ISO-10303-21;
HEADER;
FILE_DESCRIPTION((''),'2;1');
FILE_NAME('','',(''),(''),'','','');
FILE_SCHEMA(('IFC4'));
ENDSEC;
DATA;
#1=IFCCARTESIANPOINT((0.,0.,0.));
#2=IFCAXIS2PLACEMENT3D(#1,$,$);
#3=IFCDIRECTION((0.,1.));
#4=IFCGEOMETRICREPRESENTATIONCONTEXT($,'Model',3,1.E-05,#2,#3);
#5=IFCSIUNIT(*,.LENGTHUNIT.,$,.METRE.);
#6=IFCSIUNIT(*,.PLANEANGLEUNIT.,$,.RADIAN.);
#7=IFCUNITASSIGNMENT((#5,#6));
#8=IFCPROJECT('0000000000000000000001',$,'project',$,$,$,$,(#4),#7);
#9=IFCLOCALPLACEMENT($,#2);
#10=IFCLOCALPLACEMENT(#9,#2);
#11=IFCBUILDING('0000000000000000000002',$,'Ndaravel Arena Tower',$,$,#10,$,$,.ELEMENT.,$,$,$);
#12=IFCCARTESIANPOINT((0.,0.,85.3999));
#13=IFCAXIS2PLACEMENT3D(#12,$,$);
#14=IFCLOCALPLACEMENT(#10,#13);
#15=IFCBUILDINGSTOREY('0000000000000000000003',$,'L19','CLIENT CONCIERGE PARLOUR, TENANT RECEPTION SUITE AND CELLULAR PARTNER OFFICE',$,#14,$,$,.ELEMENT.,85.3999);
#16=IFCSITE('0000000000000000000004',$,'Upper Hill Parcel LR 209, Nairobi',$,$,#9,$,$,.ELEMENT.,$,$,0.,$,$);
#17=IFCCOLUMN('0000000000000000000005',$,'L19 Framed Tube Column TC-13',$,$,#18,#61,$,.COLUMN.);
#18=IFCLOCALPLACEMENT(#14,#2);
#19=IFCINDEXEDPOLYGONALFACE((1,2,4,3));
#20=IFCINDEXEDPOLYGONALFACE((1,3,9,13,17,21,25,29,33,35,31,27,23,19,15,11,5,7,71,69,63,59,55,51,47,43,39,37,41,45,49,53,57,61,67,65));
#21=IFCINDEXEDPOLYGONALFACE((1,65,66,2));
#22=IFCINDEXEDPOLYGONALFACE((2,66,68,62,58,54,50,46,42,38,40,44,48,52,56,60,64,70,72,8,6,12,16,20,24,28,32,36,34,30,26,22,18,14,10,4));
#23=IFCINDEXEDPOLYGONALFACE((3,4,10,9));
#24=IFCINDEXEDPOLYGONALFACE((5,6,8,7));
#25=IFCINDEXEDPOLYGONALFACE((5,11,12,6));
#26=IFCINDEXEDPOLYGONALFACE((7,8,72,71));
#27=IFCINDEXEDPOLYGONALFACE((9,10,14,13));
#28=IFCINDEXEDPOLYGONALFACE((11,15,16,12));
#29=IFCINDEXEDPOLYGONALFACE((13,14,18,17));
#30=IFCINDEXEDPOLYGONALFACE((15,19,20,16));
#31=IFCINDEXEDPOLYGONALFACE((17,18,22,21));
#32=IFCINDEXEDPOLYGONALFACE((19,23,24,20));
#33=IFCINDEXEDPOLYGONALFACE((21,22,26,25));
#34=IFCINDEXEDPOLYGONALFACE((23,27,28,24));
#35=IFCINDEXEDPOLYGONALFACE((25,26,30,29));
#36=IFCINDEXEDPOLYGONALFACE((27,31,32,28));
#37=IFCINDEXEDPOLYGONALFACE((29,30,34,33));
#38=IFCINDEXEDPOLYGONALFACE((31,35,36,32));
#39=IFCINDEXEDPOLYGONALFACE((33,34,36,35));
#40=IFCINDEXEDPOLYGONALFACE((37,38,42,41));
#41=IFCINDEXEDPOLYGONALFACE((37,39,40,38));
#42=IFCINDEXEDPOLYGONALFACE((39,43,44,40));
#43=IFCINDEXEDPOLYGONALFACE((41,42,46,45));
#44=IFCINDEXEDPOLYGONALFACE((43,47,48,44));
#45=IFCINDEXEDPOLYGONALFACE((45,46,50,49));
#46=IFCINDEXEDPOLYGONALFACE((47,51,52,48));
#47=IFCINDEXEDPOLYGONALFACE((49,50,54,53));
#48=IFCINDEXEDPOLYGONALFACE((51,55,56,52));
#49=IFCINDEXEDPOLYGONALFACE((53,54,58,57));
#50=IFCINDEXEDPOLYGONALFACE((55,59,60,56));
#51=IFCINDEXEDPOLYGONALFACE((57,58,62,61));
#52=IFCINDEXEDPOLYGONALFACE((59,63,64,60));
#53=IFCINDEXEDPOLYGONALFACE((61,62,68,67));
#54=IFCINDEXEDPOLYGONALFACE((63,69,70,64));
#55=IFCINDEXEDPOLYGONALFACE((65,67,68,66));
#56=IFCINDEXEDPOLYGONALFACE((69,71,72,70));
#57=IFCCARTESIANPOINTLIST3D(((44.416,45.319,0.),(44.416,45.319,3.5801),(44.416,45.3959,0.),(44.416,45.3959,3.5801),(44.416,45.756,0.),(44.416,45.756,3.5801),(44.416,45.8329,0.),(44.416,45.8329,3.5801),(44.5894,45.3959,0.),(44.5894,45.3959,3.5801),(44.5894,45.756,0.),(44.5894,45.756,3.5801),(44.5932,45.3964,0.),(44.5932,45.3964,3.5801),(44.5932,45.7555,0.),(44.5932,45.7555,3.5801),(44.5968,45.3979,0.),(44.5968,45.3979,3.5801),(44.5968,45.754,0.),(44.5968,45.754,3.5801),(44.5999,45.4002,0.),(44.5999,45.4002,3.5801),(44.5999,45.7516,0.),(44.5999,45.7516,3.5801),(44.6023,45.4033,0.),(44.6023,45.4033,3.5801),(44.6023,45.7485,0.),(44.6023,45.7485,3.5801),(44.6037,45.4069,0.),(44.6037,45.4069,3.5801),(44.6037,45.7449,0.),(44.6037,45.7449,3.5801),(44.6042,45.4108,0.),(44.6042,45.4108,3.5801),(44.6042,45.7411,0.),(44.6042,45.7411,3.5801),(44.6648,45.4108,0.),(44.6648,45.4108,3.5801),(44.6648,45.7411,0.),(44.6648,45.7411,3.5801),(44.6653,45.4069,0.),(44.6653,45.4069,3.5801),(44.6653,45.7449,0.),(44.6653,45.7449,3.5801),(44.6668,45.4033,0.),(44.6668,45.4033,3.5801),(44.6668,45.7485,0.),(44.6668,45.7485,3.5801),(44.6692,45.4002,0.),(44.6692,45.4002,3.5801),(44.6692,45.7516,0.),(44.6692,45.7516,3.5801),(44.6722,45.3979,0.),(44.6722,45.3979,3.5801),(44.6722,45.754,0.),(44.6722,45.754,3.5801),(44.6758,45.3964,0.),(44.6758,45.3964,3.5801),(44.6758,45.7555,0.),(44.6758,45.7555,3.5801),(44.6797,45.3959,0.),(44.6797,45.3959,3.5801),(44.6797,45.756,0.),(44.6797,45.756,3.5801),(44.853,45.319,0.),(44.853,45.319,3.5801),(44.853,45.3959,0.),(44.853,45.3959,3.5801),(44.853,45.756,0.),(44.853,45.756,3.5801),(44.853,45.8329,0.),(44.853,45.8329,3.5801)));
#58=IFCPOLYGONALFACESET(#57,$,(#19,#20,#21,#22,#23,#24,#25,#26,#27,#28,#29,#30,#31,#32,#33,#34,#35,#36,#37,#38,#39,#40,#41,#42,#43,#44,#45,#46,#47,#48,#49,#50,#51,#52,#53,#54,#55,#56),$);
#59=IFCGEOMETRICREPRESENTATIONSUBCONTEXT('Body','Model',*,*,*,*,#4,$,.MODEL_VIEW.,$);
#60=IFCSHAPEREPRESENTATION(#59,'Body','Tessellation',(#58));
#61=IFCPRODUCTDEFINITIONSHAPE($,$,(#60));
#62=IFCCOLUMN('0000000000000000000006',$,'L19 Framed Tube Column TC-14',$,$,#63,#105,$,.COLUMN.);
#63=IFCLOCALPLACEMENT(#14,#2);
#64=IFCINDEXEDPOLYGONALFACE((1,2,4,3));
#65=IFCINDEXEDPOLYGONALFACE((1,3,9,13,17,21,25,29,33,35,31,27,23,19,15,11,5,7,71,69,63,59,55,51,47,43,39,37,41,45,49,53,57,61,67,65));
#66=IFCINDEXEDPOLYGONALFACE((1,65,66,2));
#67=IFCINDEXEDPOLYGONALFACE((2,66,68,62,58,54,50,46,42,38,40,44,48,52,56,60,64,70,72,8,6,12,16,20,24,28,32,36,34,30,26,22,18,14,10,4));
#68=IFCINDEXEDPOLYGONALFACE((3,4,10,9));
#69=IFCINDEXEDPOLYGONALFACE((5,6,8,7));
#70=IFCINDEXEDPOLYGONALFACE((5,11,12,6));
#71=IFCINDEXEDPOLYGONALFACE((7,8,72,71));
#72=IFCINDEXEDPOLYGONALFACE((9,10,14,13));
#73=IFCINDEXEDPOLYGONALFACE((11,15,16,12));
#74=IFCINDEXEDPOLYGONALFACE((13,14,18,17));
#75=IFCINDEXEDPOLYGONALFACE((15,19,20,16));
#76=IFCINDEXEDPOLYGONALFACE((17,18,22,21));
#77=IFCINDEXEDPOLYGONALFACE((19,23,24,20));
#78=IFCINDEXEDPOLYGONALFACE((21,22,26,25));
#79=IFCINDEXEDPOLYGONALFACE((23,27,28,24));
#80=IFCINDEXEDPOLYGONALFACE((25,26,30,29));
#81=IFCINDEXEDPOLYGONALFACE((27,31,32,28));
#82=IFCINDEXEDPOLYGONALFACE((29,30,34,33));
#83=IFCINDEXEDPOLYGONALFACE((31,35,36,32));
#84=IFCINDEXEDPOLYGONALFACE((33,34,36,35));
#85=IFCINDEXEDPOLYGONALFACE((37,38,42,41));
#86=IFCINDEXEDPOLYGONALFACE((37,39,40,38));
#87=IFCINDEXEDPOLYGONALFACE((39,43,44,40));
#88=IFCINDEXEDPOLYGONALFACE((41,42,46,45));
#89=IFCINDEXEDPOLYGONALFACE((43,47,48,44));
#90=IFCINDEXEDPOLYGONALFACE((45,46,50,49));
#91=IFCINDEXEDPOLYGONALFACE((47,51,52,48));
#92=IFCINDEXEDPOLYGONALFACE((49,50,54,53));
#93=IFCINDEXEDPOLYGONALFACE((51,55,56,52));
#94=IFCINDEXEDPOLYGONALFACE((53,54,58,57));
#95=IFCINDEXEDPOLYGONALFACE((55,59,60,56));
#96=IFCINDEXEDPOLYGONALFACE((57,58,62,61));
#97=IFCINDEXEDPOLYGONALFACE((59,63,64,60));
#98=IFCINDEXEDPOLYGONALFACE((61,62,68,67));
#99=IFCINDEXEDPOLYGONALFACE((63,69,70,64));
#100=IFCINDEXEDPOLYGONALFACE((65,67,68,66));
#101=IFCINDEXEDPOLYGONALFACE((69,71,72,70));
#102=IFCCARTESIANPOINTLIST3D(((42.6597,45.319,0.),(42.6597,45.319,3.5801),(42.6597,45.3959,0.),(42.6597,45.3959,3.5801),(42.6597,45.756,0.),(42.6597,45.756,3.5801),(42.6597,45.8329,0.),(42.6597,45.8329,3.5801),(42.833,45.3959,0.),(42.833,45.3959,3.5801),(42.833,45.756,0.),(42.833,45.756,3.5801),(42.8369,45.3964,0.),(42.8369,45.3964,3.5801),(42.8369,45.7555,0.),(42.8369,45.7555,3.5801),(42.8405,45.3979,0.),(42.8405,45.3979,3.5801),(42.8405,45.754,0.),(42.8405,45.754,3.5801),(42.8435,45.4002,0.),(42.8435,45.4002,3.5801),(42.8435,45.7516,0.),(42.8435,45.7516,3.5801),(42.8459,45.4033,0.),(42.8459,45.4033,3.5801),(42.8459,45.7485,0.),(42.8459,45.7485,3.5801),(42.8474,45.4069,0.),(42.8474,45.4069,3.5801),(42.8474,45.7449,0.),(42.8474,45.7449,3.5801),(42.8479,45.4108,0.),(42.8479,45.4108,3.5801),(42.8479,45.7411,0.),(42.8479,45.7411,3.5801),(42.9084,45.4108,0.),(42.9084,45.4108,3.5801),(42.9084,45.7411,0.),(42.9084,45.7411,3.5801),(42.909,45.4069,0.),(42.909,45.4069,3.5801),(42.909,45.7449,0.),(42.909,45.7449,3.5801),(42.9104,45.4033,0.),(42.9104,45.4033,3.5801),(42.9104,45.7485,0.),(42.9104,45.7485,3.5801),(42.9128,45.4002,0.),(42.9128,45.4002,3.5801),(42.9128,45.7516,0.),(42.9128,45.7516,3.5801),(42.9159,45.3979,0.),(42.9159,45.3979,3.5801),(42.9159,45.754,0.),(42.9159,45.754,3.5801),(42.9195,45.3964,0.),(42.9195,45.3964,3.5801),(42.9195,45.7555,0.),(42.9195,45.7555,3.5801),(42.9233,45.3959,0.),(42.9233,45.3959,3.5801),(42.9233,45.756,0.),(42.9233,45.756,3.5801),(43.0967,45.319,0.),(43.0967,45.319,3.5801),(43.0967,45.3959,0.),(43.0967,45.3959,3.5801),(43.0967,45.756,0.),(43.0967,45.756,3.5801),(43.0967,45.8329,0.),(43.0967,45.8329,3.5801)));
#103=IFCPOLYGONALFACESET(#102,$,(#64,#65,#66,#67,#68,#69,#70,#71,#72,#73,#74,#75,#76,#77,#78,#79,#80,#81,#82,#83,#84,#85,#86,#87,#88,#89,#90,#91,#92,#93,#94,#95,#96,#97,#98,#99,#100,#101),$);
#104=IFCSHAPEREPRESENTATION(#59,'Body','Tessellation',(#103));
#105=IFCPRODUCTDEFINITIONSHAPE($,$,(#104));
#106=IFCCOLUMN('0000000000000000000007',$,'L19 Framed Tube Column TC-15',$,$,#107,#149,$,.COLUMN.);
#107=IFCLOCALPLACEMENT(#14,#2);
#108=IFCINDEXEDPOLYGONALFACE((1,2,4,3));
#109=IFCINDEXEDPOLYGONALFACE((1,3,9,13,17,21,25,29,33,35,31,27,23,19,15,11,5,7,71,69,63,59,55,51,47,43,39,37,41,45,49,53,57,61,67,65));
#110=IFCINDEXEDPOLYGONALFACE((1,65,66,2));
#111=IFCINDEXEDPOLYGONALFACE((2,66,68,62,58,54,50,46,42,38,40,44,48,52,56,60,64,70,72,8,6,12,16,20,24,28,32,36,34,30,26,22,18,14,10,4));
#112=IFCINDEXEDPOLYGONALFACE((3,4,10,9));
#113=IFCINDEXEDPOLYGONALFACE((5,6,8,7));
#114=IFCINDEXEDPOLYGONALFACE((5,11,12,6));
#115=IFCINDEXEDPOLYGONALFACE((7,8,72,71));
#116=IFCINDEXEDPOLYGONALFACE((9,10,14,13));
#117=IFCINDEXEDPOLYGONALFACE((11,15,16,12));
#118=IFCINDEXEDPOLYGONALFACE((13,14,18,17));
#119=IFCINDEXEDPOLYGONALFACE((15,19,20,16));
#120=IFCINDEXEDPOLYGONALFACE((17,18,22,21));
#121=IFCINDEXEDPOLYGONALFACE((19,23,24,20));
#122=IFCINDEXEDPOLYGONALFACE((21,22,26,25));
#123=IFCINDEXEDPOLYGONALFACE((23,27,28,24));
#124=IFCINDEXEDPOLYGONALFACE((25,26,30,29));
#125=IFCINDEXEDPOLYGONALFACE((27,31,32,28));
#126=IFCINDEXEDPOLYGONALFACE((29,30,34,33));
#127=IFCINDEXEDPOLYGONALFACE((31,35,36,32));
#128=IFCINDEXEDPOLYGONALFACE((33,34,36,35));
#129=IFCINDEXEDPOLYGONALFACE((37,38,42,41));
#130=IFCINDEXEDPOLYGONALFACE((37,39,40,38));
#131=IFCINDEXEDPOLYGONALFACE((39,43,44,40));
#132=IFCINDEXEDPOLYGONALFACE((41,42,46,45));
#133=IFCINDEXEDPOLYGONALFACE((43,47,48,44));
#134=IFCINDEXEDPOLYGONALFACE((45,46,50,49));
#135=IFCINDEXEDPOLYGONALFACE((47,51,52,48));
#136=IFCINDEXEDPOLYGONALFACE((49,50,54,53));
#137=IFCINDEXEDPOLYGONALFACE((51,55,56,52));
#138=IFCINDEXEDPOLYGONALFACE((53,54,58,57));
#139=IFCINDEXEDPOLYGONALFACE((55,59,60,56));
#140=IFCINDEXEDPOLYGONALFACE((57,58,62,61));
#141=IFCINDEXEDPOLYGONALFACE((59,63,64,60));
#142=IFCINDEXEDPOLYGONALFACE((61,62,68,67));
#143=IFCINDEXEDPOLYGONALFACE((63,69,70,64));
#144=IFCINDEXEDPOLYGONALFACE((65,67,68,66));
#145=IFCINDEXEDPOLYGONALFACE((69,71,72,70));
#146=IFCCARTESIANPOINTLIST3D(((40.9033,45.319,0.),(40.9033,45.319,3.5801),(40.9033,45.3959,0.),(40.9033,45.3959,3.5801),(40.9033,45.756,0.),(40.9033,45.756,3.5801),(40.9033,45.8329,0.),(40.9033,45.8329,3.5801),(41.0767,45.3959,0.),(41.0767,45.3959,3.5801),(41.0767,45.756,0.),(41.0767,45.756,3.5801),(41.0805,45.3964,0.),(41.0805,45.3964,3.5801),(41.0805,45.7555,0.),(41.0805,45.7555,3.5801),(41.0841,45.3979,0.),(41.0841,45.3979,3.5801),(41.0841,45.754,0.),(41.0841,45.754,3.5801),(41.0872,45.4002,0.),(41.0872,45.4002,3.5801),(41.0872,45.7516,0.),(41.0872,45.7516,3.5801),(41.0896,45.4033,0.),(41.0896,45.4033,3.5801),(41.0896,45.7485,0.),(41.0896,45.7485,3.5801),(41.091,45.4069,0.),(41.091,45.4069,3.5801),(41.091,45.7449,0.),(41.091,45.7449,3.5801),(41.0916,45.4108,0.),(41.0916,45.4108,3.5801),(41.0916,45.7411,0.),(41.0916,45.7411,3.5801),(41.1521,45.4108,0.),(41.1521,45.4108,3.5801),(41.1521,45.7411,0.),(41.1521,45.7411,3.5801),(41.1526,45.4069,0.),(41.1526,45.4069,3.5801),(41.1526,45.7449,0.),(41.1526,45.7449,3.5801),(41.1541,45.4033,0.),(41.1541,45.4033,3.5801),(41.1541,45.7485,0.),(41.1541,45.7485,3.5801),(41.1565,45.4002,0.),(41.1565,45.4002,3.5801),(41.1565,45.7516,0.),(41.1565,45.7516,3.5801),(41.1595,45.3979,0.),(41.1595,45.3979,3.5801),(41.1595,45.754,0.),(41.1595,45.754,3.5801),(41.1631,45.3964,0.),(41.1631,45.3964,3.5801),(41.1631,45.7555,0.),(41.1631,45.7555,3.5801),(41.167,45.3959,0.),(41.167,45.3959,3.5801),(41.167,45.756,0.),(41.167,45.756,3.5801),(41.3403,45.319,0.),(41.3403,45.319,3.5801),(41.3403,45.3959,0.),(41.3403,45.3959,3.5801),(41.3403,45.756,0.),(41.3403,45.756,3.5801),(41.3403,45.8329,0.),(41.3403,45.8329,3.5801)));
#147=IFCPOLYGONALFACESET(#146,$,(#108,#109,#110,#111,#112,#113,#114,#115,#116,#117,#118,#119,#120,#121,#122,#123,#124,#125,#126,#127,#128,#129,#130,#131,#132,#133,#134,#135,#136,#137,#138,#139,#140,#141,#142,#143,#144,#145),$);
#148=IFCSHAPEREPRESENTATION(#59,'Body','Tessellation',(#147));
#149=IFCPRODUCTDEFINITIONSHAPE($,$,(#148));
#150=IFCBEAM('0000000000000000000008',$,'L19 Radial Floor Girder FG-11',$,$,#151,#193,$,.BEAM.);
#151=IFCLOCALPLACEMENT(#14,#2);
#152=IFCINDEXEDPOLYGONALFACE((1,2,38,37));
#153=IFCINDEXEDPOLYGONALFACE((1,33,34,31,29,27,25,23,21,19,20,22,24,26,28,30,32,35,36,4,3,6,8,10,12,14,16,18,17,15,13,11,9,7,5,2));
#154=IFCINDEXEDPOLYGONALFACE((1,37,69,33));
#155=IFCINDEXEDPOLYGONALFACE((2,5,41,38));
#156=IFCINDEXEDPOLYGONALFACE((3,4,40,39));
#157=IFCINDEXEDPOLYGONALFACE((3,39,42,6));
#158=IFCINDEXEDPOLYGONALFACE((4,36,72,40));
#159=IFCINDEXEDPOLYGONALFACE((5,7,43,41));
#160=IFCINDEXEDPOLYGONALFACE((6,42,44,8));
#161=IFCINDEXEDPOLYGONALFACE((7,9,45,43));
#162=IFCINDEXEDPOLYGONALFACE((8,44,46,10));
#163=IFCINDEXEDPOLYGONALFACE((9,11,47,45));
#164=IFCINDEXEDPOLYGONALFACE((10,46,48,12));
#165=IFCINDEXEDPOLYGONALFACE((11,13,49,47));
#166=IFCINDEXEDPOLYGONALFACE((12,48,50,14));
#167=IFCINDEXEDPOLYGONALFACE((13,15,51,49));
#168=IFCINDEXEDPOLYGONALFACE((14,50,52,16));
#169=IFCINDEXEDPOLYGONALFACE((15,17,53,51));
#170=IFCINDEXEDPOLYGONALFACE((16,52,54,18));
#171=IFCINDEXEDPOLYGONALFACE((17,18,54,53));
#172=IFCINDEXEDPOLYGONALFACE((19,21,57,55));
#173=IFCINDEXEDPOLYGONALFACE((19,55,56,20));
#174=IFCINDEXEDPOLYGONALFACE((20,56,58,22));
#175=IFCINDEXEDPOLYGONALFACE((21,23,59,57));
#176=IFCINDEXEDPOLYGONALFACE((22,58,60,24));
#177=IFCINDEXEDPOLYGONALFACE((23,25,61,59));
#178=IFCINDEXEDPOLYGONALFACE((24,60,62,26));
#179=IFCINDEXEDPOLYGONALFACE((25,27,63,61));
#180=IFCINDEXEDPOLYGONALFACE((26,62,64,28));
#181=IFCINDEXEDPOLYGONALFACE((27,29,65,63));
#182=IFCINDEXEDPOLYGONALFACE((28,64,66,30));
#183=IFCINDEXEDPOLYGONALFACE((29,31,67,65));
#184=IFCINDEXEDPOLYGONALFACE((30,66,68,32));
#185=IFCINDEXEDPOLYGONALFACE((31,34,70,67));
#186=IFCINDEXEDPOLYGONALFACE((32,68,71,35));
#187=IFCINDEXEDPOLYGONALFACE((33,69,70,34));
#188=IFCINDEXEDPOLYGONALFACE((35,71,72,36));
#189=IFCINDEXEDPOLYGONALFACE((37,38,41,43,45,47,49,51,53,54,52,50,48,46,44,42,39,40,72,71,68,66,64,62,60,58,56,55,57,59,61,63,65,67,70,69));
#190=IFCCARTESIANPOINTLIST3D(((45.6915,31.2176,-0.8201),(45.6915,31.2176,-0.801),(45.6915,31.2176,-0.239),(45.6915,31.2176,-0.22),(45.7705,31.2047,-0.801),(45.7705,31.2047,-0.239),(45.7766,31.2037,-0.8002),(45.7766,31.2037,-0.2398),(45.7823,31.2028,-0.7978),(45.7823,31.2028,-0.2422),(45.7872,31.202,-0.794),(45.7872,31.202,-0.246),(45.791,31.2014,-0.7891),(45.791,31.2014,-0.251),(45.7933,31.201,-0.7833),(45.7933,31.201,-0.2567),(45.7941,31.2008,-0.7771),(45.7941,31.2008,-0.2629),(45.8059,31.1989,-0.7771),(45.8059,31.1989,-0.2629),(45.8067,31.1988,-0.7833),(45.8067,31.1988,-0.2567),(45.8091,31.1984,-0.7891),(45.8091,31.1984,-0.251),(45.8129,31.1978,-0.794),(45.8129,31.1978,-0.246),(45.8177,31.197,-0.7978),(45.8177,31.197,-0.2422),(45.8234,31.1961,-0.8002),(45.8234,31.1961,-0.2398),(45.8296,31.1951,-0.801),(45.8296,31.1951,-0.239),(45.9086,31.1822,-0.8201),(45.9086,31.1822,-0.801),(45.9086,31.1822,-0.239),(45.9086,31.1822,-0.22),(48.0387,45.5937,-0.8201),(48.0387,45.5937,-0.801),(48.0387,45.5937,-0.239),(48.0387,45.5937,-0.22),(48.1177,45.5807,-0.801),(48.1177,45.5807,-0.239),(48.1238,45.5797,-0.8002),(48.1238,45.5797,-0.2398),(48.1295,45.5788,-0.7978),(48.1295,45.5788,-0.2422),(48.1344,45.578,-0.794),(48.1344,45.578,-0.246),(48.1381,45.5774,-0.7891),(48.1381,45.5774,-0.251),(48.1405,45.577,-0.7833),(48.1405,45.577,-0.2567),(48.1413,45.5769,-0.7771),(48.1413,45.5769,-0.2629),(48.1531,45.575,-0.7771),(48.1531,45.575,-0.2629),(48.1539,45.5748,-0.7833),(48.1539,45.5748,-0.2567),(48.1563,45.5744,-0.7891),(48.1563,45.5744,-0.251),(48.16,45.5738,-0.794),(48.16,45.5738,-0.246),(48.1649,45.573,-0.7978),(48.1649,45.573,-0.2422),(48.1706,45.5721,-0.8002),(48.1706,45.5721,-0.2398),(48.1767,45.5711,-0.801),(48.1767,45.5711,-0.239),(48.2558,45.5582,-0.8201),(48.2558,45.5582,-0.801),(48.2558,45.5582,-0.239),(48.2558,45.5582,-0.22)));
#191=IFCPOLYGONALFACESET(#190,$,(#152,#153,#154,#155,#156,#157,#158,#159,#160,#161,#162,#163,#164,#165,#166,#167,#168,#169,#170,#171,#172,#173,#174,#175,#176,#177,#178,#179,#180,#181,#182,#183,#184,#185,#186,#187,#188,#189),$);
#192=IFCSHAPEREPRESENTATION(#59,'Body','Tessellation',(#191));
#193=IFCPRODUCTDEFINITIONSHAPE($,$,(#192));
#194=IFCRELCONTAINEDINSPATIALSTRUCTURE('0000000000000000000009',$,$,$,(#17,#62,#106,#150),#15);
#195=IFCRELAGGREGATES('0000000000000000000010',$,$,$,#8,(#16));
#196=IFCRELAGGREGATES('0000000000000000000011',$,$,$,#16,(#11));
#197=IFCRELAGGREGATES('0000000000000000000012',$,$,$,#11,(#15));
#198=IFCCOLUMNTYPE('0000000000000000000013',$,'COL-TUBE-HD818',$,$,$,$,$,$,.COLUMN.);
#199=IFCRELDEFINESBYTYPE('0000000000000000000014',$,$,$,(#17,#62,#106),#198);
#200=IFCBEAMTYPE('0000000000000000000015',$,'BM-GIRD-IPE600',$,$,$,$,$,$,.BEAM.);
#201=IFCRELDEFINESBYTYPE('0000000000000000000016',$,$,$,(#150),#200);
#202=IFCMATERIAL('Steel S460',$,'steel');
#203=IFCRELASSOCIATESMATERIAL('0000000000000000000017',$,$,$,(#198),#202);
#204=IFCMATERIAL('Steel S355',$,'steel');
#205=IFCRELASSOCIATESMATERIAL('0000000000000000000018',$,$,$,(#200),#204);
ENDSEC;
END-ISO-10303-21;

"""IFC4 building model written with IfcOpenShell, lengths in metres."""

from ifc_helpers import new_model, si_unit, direction, frame, origin, origin_2d, place, context, subcontext, project, spatial, i_section, extrude, material, material_profile, profile_set, type_object, element, save


model = new_model("IFC4")

# Units and contexts
model_context = context("Model", 3, precision=1e-05, world=origin(), true_north=direction((0.0, 1.0)))
body_context = subcontext(model_context, "Body", "Model", "MODEL_VIEW")
ifc_project = project(units=[si_unit("LENGTHUNIT", "METRE"), si_unit("PLANEANGLEUNIT", "RADIAN")], contexts=[model_context])

# Site, building, storey
site_placement = place(None, origin())
site = spatial("IfcSite", under=ifc_project, at=site_placement, Name="Upper Hill Parcel LR 209, Nairobi", CompositionType="ELEMENT", RefElevation=0.0)
building_placement = place(site_placement, origin())
building = spatial("IfcBuilding", under=site, at=building_placement, Name="Ndaravel Arena Tower", CompositionType="ELEMENT")
storey_placement = place(building_placement, frame((0.0, 0.0, 85.3999)))
storey = spatial("IfcBuildingStorey", under=building, at=storey_placement, Name="L19", Description="CLIENT CONCIERGE PARLOUR, TENANT RECEPTION SUITE AND CELLULAR PARTNER OFFICE", CompositionType="ELEMENT", Elevation=85.3999)

# Columns
ifc_material_1 = material(Name="Steel S460", Category="steel")
ifc_material_profile_1 = material_profile(ifc_material_1, i_section(OverallWidth=0.437, OverallDepth=0.5139, WebThickness=0.0605, FlangeThickness=0.0769, FilletRadius=0.0149, at=origin_2d()), Name="HD 400x818")
ifc_profile_set_1 = profile_set([ifc_material_profile_1], Name="Steel S460")
column_type_1 = type_object("IfcColumnType", Name="COL-TUBE-HD818", PredefinedType="COLUMN", material=ifc_profile_set_1)
for number, where, z_axis, x_axis, name in (
    (1, (44.6345, 45.5759, 0.0), (0.0, 0.0, 1.0), (1.0, 0.0, 0.0), "L19 Framed Tube Column TC-13"),
    (2, (42.8782, 45.5759, 0.0), (0.0, 0.0, 1.0), (1.0, 0.0, 0.0), "L19 Framed Tube Column TC-14"),
    (3, (41.1218, 45.5759, 0.0), (0.0, 0.0, 1.0), (1.0, 0.0, 0.0), "L19 Framed Tube Column TC-15"),
):
    element("IfcColumn", number, at=place(storey_placement, frame(where, z_axis=z_axis, x_axis=x_axis)), inside=storey, type_object=column_type_1, Name=name, PredefinedType="COLUMN", context=body_context, shape_type="SweptSolid", body=[
        extrude(i_section(OverallWidth=0.437, OverallDepth=0.5139, WebThickness=0.0605, FlangeThickness=0.0769, FilletRadius=0.0149, at=origin_2d()), origin(), (0.0, 0.0, 1.0), 3.5801),
    ])

# Beam
ifc_material_2 = material(Name="Steel S355", Category="steel")
ifc_material_profile_2 = material_profile(ifc_material_2, i_section(OverallWidth=0.22, OverallDepth=0.6001, WebThickness=0.012, FlangeThickness=0.019, FilletRadius=0.0239, at=origin_2d()), Name="IPE 600")
ifc_profile_set_2 = profile_set([ifc_material_profile_2], Name="Steel S355")
beam_type_1 = type_object("IfcBeamType", Name="BM-GIRD-IPE600", PredefinedType="BEAM", material=ifc_profile_set_2)
beam_1_placement = place(storey_placement, frame((48.1472, 45.5759, -0.52), z_axis=(-0.161137, -0.986932, 0.0), x_axis=(0.986932, -0.161137, 0.0)))
element("IfcBeam", 4, at=beam_1_placement, inside=storey, type_object=beam_type_1, Name="L19 Radial Floor Girder FG-11", PredefinedType="BEAM", context=body_context, shape_type="SweptSolid", body=[
    extrude(i_section(OverallWidth=0.22, OverallDepth=0.6001, WebThickness=0.012, FlangeThickness=0.019, FilletRadius=0.0239, at=origin_2d()), origin(), (0.0, 0.0, 1.0), 14.5664),
])

save(model, "model.ifc")
